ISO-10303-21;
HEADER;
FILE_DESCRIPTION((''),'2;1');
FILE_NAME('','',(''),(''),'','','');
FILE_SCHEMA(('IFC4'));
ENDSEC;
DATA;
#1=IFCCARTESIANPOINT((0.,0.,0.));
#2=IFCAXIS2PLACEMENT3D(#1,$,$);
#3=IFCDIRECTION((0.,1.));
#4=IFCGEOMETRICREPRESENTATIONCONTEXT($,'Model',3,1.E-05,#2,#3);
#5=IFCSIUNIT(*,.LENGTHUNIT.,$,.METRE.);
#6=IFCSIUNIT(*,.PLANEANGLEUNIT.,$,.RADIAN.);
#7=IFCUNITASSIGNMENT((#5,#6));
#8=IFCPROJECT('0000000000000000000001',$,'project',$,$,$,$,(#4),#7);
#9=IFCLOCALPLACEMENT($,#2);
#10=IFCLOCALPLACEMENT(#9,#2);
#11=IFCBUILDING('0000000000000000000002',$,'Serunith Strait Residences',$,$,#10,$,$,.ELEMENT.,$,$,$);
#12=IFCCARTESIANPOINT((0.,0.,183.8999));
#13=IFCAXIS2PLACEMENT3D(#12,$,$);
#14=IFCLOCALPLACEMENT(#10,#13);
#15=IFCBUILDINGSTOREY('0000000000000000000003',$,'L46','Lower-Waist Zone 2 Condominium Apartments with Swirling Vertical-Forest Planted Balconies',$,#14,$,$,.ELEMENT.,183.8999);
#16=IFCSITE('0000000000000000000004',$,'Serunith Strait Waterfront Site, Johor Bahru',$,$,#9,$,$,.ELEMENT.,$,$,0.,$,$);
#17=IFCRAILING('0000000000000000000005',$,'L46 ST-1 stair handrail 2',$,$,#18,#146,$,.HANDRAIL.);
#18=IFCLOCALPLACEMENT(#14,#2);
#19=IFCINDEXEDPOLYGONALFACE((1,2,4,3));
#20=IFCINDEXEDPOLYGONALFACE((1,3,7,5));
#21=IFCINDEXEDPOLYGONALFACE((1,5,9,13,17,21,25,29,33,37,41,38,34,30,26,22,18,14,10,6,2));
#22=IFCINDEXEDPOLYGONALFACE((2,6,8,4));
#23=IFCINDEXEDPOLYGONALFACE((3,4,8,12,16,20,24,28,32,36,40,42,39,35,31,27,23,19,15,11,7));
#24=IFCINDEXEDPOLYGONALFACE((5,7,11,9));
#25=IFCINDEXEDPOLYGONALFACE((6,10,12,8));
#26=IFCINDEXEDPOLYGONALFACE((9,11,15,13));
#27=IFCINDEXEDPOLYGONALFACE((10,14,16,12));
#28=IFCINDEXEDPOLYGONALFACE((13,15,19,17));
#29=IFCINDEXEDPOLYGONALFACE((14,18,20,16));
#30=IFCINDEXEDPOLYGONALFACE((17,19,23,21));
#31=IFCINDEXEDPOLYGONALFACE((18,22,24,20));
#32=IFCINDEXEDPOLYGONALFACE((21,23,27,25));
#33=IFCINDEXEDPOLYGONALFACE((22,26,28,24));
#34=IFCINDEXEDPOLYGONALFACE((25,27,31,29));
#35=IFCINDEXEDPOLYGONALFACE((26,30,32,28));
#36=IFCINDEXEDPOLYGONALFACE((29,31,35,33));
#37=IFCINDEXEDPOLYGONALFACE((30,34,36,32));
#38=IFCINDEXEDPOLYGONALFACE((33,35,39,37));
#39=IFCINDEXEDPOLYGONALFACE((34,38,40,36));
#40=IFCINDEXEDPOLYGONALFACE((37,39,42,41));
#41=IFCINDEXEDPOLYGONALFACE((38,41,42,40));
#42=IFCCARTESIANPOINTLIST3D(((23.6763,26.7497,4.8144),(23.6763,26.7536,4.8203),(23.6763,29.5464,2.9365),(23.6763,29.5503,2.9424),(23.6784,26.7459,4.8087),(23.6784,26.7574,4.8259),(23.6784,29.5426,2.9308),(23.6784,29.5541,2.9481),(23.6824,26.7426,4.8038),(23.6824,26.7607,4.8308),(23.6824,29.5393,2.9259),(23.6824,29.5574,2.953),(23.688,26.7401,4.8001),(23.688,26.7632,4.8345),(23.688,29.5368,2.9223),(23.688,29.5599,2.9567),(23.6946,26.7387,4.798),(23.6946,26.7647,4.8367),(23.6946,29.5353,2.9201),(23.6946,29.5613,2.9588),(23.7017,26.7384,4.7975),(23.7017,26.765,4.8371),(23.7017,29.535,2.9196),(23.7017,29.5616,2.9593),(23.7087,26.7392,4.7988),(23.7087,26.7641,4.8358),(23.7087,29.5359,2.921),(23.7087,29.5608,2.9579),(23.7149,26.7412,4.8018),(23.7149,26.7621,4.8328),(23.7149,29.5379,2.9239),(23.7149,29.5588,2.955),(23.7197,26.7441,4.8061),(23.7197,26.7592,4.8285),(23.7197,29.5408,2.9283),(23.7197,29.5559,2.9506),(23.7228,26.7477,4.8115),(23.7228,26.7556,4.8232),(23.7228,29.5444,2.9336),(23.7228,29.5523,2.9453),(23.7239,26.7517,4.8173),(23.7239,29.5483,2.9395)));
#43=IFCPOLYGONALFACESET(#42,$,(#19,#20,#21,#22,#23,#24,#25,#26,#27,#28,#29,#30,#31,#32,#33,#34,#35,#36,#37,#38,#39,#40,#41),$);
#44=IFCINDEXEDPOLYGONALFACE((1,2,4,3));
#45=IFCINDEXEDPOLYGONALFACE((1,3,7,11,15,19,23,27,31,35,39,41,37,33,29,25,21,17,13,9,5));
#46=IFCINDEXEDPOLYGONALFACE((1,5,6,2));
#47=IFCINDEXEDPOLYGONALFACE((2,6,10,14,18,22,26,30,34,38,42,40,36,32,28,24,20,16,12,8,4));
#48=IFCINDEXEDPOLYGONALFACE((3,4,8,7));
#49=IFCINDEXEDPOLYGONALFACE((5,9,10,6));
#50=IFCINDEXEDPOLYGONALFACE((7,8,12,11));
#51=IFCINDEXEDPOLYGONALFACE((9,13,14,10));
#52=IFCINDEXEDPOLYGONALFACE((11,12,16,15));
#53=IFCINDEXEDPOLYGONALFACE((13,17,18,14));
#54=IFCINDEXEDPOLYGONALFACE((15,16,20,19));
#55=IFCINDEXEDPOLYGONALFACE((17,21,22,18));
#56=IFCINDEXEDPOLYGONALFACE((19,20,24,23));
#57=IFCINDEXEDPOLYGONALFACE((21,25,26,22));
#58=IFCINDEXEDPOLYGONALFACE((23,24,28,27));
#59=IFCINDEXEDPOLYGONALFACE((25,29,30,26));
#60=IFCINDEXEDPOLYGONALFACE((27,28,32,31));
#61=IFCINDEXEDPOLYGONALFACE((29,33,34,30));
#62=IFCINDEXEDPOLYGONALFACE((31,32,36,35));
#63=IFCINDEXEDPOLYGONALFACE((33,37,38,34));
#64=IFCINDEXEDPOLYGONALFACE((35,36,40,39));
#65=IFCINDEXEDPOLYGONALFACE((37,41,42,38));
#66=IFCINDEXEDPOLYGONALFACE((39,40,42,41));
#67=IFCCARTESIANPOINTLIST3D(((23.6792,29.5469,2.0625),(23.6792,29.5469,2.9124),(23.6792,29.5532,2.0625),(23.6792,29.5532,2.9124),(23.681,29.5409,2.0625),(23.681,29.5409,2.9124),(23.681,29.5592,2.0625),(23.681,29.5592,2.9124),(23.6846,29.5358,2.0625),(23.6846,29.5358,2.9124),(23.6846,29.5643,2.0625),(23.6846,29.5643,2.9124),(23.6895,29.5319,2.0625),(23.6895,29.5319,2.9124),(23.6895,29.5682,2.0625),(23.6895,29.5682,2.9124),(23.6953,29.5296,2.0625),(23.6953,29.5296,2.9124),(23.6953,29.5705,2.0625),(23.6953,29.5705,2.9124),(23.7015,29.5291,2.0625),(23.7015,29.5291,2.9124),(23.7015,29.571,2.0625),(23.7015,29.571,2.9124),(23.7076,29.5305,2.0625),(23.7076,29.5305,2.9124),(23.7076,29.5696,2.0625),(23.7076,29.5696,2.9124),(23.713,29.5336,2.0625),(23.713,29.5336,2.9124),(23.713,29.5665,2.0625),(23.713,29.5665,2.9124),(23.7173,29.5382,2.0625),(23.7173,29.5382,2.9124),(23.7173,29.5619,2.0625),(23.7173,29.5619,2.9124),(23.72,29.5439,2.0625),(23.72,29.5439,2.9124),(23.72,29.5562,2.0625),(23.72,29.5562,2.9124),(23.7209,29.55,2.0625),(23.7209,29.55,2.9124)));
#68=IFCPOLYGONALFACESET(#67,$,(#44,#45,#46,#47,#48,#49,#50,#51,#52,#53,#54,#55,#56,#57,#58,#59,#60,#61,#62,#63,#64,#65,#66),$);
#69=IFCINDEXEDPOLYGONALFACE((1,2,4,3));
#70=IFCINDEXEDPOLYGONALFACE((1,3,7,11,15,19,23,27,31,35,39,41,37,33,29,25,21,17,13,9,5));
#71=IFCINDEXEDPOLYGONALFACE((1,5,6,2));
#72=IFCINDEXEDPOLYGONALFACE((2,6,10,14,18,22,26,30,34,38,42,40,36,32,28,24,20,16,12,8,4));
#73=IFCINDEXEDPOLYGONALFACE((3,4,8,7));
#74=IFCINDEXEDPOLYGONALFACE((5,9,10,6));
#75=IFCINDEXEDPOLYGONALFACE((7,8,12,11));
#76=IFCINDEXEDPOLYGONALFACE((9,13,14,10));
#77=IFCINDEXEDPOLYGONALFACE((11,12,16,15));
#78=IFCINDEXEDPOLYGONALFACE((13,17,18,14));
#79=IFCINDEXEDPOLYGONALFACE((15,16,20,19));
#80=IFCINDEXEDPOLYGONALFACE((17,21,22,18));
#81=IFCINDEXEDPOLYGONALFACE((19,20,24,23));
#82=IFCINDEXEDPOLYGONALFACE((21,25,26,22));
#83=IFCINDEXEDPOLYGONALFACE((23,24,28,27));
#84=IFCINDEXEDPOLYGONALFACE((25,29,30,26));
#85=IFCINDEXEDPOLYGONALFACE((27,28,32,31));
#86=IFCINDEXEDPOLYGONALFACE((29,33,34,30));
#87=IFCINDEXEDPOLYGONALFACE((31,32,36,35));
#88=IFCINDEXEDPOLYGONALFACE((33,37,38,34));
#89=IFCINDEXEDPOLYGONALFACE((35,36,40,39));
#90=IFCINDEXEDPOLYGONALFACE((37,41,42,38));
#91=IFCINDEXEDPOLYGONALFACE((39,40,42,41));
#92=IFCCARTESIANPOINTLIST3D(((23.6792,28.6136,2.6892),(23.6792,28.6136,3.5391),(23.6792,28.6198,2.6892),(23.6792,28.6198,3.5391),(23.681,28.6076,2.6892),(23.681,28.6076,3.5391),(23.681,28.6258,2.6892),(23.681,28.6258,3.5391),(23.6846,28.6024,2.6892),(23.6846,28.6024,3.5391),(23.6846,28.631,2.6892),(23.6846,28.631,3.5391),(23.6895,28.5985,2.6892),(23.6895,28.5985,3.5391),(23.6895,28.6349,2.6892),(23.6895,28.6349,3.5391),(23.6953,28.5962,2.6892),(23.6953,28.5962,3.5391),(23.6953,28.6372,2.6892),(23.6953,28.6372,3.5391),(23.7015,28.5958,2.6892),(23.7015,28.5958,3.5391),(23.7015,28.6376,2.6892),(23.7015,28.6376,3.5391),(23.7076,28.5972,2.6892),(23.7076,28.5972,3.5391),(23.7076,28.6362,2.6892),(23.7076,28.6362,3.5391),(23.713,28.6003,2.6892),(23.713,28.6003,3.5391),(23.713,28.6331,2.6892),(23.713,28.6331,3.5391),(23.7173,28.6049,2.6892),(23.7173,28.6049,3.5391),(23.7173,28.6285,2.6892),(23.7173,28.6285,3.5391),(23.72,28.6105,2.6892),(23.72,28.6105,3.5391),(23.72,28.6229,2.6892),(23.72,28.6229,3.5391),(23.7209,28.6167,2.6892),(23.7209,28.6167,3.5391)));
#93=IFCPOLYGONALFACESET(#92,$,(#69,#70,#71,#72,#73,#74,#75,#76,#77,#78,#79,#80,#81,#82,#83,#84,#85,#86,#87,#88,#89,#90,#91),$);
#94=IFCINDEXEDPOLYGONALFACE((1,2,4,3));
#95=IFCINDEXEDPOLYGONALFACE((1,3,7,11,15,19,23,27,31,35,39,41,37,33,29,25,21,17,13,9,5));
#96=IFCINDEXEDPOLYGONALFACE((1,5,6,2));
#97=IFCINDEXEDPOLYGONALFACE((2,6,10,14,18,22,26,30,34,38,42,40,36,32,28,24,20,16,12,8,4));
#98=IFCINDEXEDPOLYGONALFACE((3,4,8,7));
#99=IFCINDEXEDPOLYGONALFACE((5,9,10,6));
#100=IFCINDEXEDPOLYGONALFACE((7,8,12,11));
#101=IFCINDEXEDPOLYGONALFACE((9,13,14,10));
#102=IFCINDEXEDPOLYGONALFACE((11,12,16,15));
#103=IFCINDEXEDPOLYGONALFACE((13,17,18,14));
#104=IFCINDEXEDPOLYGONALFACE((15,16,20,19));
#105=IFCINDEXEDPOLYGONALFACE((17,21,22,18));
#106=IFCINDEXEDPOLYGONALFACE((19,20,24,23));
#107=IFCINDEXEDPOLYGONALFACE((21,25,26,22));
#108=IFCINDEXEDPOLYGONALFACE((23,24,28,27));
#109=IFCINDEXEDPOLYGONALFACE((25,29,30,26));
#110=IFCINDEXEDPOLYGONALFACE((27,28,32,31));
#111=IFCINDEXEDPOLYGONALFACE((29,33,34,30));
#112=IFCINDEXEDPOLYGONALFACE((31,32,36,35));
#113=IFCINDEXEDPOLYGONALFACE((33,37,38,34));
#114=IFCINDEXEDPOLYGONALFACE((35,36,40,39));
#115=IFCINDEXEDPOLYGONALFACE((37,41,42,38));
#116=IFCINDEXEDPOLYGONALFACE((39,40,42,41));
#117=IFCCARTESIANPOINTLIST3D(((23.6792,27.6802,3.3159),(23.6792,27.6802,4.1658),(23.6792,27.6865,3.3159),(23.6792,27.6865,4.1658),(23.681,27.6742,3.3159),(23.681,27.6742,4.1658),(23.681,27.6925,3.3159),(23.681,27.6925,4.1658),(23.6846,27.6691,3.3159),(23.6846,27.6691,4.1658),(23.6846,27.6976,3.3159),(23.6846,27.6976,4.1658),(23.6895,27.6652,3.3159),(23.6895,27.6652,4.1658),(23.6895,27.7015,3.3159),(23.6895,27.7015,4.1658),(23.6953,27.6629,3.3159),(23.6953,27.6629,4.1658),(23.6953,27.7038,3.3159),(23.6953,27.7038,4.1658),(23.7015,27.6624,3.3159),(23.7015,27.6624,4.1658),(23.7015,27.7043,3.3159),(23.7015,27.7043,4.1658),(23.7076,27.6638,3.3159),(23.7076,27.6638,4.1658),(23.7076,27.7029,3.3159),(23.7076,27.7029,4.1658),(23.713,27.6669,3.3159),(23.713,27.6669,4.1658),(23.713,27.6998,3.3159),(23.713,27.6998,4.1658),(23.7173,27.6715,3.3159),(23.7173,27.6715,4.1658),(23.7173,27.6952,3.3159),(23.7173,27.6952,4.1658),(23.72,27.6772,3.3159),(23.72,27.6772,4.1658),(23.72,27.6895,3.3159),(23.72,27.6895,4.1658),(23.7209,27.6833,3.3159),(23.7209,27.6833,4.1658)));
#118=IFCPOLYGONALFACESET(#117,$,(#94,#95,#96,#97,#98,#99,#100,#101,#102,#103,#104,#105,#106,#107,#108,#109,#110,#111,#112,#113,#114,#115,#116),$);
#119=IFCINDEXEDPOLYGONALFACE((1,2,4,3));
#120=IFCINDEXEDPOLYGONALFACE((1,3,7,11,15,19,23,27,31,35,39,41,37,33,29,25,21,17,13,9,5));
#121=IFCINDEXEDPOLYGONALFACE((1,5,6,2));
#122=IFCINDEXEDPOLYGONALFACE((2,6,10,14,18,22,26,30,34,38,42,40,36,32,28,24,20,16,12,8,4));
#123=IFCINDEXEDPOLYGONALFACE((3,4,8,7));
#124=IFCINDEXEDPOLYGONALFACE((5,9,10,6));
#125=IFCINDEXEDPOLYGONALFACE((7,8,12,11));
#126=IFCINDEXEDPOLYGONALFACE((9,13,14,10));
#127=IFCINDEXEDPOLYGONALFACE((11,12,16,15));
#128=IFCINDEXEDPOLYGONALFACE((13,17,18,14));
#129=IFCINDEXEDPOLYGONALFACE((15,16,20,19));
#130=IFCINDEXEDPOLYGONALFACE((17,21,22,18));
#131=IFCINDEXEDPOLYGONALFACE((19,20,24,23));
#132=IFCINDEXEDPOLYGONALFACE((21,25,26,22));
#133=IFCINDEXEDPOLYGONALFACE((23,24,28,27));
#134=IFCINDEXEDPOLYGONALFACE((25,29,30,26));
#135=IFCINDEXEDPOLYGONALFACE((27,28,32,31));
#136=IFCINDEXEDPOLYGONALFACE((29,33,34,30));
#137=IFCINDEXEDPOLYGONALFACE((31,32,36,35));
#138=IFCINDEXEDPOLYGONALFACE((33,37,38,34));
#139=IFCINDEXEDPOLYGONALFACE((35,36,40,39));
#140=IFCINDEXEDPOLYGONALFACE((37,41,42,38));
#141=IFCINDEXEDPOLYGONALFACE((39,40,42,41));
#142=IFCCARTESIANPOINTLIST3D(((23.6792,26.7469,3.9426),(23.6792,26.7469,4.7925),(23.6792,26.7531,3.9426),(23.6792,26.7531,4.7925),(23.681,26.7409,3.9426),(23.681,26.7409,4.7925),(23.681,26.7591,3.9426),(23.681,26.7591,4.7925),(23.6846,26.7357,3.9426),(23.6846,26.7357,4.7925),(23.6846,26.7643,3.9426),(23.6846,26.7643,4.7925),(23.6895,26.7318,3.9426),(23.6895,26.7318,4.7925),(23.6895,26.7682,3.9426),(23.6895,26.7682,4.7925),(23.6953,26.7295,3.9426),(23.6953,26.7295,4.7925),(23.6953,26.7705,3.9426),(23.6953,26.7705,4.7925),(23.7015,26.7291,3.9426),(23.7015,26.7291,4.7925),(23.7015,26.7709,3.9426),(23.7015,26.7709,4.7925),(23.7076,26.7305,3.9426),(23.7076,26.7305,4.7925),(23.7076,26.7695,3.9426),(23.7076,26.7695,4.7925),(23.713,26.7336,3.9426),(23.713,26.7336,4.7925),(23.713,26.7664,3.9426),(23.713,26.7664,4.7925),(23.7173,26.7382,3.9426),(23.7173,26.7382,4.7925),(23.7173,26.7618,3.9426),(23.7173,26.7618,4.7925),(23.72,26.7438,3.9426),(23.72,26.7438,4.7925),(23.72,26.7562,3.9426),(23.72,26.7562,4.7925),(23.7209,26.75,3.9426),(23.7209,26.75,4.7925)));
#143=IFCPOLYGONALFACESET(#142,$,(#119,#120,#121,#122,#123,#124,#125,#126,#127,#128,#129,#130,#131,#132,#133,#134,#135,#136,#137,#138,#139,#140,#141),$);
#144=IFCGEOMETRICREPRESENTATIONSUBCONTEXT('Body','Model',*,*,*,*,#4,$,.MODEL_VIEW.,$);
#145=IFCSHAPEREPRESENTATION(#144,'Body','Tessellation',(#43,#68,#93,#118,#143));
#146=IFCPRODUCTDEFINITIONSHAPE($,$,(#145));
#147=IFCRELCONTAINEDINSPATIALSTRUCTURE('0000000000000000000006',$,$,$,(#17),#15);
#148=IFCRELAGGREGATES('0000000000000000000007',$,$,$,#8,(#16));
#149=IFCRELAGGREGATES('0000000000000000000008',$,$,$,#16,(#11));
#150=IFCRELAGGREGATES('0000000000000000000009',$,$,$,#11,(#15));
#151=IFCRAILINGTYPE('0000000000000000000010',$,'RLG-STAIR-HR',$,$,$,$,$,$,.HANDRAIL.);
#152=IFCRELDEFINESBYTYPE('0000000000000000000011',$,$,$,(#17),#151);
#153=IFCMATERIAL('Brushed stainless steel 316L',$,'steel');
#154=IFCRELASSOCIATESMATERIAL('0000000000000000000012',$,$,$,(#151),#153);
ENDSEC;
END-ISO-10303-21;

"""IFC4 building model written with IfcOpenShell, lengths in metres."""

from ifc_helpers import new_model, si_unit, direction, frame, origin, origin_2d, place, context, subcontext, project, spatial, circle, extrude, material, type_object, element, save


model = new_model("IFC4")

# Units and contexts
model_context = context("Model", 3, precision=1e-05, world=origin(), true_north=direction((0.0, 1.0)))
body_context = subcontext(model_context, "Body", "Model", "MODEL_VIEW")
ifc_project = project(units=[si_unit("LENGTHUNIT", "METRE"), si_unit("PLANEANGLEUNIT", "RADIAN")], contexts=[model_context])

# Site, building, storey
site_placement = place(None, origin())
site = spatial("IfcSite", under=ifc_project, at=site_placement, Name="Serunith Strait Waterfront Site, Johor Bahru", CompositionType="ELEMENT", RefElevation=0.0)
building_placement = place(site_placement, origin())
building = spatial("IfcBuilding", under=site, at=building_placement, Name="Serunith Strait Residences", CompositionType="ELEMENT")
storey_placement = place(building_placement, frame((0.0, 0.0, 183.8999)))
storey = spatial("IfcBuildingStorey", under=building, at=storey_placement, Name="L46", Description="Lower-Waist Zone 2 Condominium Apartments with Swirling Vertical-Forest Planted Balconies", CompositionType="ELEMENT", Elevation=183.8999)

# Railing
ifc_material_1 = material(Name="Brushed stainless steel 316L", Category="steel")
railing_type_1 = type_object("IfcRailingType", Name="RLG-STAIR-HR", PredefinedType="HANDRAIL", material=ifc_material_1)
railing_1_placement = place(storey_placement, frame((23.7, 29.55, 2.0625)))
element("IfcRailing", 1, at=railing_1_placement, inside=storey, type_object=railing_type_1, Name="L46 ST-1 stair handrail 2", PredefinedType="HANDRAIL", context=body_context, shape_type="SweptSolid", body=[
    extrude(circle(Radius=0.0239, at=origin_2d()), frame((0.0, -0.0017, 0.877), z_axis=(0.0, -0.830208, 0.557453), x_axis=(1.0, 0.0, 0.0)), (0.0, 0.0, 1.0), 3.3687),
    extrude(circle(Radius=0.021, at=origin_2d()), origin(), (0.0, 0.0, 1.0), 0.8499),
    extrude(circle(Radius=0.021, at=origin_2d()), frame((0.0, -0.9333, 0.6267)), (0.0, 0.0, 1.0), 0.8499),
    extrude(circle(Radius=0.021, at=origin_2d()), frame((0.0, -1.8667, 1.2534)), (0.0, 0.0, 1.0), 0.8499),
    extrude(circle(Radius=0.021, at=origin_2d()), frame((0.0, -2.8, 1.8801)), (0.0, 0.0, 1.0), 0.8499),
])

save(model, "model.ifc")
